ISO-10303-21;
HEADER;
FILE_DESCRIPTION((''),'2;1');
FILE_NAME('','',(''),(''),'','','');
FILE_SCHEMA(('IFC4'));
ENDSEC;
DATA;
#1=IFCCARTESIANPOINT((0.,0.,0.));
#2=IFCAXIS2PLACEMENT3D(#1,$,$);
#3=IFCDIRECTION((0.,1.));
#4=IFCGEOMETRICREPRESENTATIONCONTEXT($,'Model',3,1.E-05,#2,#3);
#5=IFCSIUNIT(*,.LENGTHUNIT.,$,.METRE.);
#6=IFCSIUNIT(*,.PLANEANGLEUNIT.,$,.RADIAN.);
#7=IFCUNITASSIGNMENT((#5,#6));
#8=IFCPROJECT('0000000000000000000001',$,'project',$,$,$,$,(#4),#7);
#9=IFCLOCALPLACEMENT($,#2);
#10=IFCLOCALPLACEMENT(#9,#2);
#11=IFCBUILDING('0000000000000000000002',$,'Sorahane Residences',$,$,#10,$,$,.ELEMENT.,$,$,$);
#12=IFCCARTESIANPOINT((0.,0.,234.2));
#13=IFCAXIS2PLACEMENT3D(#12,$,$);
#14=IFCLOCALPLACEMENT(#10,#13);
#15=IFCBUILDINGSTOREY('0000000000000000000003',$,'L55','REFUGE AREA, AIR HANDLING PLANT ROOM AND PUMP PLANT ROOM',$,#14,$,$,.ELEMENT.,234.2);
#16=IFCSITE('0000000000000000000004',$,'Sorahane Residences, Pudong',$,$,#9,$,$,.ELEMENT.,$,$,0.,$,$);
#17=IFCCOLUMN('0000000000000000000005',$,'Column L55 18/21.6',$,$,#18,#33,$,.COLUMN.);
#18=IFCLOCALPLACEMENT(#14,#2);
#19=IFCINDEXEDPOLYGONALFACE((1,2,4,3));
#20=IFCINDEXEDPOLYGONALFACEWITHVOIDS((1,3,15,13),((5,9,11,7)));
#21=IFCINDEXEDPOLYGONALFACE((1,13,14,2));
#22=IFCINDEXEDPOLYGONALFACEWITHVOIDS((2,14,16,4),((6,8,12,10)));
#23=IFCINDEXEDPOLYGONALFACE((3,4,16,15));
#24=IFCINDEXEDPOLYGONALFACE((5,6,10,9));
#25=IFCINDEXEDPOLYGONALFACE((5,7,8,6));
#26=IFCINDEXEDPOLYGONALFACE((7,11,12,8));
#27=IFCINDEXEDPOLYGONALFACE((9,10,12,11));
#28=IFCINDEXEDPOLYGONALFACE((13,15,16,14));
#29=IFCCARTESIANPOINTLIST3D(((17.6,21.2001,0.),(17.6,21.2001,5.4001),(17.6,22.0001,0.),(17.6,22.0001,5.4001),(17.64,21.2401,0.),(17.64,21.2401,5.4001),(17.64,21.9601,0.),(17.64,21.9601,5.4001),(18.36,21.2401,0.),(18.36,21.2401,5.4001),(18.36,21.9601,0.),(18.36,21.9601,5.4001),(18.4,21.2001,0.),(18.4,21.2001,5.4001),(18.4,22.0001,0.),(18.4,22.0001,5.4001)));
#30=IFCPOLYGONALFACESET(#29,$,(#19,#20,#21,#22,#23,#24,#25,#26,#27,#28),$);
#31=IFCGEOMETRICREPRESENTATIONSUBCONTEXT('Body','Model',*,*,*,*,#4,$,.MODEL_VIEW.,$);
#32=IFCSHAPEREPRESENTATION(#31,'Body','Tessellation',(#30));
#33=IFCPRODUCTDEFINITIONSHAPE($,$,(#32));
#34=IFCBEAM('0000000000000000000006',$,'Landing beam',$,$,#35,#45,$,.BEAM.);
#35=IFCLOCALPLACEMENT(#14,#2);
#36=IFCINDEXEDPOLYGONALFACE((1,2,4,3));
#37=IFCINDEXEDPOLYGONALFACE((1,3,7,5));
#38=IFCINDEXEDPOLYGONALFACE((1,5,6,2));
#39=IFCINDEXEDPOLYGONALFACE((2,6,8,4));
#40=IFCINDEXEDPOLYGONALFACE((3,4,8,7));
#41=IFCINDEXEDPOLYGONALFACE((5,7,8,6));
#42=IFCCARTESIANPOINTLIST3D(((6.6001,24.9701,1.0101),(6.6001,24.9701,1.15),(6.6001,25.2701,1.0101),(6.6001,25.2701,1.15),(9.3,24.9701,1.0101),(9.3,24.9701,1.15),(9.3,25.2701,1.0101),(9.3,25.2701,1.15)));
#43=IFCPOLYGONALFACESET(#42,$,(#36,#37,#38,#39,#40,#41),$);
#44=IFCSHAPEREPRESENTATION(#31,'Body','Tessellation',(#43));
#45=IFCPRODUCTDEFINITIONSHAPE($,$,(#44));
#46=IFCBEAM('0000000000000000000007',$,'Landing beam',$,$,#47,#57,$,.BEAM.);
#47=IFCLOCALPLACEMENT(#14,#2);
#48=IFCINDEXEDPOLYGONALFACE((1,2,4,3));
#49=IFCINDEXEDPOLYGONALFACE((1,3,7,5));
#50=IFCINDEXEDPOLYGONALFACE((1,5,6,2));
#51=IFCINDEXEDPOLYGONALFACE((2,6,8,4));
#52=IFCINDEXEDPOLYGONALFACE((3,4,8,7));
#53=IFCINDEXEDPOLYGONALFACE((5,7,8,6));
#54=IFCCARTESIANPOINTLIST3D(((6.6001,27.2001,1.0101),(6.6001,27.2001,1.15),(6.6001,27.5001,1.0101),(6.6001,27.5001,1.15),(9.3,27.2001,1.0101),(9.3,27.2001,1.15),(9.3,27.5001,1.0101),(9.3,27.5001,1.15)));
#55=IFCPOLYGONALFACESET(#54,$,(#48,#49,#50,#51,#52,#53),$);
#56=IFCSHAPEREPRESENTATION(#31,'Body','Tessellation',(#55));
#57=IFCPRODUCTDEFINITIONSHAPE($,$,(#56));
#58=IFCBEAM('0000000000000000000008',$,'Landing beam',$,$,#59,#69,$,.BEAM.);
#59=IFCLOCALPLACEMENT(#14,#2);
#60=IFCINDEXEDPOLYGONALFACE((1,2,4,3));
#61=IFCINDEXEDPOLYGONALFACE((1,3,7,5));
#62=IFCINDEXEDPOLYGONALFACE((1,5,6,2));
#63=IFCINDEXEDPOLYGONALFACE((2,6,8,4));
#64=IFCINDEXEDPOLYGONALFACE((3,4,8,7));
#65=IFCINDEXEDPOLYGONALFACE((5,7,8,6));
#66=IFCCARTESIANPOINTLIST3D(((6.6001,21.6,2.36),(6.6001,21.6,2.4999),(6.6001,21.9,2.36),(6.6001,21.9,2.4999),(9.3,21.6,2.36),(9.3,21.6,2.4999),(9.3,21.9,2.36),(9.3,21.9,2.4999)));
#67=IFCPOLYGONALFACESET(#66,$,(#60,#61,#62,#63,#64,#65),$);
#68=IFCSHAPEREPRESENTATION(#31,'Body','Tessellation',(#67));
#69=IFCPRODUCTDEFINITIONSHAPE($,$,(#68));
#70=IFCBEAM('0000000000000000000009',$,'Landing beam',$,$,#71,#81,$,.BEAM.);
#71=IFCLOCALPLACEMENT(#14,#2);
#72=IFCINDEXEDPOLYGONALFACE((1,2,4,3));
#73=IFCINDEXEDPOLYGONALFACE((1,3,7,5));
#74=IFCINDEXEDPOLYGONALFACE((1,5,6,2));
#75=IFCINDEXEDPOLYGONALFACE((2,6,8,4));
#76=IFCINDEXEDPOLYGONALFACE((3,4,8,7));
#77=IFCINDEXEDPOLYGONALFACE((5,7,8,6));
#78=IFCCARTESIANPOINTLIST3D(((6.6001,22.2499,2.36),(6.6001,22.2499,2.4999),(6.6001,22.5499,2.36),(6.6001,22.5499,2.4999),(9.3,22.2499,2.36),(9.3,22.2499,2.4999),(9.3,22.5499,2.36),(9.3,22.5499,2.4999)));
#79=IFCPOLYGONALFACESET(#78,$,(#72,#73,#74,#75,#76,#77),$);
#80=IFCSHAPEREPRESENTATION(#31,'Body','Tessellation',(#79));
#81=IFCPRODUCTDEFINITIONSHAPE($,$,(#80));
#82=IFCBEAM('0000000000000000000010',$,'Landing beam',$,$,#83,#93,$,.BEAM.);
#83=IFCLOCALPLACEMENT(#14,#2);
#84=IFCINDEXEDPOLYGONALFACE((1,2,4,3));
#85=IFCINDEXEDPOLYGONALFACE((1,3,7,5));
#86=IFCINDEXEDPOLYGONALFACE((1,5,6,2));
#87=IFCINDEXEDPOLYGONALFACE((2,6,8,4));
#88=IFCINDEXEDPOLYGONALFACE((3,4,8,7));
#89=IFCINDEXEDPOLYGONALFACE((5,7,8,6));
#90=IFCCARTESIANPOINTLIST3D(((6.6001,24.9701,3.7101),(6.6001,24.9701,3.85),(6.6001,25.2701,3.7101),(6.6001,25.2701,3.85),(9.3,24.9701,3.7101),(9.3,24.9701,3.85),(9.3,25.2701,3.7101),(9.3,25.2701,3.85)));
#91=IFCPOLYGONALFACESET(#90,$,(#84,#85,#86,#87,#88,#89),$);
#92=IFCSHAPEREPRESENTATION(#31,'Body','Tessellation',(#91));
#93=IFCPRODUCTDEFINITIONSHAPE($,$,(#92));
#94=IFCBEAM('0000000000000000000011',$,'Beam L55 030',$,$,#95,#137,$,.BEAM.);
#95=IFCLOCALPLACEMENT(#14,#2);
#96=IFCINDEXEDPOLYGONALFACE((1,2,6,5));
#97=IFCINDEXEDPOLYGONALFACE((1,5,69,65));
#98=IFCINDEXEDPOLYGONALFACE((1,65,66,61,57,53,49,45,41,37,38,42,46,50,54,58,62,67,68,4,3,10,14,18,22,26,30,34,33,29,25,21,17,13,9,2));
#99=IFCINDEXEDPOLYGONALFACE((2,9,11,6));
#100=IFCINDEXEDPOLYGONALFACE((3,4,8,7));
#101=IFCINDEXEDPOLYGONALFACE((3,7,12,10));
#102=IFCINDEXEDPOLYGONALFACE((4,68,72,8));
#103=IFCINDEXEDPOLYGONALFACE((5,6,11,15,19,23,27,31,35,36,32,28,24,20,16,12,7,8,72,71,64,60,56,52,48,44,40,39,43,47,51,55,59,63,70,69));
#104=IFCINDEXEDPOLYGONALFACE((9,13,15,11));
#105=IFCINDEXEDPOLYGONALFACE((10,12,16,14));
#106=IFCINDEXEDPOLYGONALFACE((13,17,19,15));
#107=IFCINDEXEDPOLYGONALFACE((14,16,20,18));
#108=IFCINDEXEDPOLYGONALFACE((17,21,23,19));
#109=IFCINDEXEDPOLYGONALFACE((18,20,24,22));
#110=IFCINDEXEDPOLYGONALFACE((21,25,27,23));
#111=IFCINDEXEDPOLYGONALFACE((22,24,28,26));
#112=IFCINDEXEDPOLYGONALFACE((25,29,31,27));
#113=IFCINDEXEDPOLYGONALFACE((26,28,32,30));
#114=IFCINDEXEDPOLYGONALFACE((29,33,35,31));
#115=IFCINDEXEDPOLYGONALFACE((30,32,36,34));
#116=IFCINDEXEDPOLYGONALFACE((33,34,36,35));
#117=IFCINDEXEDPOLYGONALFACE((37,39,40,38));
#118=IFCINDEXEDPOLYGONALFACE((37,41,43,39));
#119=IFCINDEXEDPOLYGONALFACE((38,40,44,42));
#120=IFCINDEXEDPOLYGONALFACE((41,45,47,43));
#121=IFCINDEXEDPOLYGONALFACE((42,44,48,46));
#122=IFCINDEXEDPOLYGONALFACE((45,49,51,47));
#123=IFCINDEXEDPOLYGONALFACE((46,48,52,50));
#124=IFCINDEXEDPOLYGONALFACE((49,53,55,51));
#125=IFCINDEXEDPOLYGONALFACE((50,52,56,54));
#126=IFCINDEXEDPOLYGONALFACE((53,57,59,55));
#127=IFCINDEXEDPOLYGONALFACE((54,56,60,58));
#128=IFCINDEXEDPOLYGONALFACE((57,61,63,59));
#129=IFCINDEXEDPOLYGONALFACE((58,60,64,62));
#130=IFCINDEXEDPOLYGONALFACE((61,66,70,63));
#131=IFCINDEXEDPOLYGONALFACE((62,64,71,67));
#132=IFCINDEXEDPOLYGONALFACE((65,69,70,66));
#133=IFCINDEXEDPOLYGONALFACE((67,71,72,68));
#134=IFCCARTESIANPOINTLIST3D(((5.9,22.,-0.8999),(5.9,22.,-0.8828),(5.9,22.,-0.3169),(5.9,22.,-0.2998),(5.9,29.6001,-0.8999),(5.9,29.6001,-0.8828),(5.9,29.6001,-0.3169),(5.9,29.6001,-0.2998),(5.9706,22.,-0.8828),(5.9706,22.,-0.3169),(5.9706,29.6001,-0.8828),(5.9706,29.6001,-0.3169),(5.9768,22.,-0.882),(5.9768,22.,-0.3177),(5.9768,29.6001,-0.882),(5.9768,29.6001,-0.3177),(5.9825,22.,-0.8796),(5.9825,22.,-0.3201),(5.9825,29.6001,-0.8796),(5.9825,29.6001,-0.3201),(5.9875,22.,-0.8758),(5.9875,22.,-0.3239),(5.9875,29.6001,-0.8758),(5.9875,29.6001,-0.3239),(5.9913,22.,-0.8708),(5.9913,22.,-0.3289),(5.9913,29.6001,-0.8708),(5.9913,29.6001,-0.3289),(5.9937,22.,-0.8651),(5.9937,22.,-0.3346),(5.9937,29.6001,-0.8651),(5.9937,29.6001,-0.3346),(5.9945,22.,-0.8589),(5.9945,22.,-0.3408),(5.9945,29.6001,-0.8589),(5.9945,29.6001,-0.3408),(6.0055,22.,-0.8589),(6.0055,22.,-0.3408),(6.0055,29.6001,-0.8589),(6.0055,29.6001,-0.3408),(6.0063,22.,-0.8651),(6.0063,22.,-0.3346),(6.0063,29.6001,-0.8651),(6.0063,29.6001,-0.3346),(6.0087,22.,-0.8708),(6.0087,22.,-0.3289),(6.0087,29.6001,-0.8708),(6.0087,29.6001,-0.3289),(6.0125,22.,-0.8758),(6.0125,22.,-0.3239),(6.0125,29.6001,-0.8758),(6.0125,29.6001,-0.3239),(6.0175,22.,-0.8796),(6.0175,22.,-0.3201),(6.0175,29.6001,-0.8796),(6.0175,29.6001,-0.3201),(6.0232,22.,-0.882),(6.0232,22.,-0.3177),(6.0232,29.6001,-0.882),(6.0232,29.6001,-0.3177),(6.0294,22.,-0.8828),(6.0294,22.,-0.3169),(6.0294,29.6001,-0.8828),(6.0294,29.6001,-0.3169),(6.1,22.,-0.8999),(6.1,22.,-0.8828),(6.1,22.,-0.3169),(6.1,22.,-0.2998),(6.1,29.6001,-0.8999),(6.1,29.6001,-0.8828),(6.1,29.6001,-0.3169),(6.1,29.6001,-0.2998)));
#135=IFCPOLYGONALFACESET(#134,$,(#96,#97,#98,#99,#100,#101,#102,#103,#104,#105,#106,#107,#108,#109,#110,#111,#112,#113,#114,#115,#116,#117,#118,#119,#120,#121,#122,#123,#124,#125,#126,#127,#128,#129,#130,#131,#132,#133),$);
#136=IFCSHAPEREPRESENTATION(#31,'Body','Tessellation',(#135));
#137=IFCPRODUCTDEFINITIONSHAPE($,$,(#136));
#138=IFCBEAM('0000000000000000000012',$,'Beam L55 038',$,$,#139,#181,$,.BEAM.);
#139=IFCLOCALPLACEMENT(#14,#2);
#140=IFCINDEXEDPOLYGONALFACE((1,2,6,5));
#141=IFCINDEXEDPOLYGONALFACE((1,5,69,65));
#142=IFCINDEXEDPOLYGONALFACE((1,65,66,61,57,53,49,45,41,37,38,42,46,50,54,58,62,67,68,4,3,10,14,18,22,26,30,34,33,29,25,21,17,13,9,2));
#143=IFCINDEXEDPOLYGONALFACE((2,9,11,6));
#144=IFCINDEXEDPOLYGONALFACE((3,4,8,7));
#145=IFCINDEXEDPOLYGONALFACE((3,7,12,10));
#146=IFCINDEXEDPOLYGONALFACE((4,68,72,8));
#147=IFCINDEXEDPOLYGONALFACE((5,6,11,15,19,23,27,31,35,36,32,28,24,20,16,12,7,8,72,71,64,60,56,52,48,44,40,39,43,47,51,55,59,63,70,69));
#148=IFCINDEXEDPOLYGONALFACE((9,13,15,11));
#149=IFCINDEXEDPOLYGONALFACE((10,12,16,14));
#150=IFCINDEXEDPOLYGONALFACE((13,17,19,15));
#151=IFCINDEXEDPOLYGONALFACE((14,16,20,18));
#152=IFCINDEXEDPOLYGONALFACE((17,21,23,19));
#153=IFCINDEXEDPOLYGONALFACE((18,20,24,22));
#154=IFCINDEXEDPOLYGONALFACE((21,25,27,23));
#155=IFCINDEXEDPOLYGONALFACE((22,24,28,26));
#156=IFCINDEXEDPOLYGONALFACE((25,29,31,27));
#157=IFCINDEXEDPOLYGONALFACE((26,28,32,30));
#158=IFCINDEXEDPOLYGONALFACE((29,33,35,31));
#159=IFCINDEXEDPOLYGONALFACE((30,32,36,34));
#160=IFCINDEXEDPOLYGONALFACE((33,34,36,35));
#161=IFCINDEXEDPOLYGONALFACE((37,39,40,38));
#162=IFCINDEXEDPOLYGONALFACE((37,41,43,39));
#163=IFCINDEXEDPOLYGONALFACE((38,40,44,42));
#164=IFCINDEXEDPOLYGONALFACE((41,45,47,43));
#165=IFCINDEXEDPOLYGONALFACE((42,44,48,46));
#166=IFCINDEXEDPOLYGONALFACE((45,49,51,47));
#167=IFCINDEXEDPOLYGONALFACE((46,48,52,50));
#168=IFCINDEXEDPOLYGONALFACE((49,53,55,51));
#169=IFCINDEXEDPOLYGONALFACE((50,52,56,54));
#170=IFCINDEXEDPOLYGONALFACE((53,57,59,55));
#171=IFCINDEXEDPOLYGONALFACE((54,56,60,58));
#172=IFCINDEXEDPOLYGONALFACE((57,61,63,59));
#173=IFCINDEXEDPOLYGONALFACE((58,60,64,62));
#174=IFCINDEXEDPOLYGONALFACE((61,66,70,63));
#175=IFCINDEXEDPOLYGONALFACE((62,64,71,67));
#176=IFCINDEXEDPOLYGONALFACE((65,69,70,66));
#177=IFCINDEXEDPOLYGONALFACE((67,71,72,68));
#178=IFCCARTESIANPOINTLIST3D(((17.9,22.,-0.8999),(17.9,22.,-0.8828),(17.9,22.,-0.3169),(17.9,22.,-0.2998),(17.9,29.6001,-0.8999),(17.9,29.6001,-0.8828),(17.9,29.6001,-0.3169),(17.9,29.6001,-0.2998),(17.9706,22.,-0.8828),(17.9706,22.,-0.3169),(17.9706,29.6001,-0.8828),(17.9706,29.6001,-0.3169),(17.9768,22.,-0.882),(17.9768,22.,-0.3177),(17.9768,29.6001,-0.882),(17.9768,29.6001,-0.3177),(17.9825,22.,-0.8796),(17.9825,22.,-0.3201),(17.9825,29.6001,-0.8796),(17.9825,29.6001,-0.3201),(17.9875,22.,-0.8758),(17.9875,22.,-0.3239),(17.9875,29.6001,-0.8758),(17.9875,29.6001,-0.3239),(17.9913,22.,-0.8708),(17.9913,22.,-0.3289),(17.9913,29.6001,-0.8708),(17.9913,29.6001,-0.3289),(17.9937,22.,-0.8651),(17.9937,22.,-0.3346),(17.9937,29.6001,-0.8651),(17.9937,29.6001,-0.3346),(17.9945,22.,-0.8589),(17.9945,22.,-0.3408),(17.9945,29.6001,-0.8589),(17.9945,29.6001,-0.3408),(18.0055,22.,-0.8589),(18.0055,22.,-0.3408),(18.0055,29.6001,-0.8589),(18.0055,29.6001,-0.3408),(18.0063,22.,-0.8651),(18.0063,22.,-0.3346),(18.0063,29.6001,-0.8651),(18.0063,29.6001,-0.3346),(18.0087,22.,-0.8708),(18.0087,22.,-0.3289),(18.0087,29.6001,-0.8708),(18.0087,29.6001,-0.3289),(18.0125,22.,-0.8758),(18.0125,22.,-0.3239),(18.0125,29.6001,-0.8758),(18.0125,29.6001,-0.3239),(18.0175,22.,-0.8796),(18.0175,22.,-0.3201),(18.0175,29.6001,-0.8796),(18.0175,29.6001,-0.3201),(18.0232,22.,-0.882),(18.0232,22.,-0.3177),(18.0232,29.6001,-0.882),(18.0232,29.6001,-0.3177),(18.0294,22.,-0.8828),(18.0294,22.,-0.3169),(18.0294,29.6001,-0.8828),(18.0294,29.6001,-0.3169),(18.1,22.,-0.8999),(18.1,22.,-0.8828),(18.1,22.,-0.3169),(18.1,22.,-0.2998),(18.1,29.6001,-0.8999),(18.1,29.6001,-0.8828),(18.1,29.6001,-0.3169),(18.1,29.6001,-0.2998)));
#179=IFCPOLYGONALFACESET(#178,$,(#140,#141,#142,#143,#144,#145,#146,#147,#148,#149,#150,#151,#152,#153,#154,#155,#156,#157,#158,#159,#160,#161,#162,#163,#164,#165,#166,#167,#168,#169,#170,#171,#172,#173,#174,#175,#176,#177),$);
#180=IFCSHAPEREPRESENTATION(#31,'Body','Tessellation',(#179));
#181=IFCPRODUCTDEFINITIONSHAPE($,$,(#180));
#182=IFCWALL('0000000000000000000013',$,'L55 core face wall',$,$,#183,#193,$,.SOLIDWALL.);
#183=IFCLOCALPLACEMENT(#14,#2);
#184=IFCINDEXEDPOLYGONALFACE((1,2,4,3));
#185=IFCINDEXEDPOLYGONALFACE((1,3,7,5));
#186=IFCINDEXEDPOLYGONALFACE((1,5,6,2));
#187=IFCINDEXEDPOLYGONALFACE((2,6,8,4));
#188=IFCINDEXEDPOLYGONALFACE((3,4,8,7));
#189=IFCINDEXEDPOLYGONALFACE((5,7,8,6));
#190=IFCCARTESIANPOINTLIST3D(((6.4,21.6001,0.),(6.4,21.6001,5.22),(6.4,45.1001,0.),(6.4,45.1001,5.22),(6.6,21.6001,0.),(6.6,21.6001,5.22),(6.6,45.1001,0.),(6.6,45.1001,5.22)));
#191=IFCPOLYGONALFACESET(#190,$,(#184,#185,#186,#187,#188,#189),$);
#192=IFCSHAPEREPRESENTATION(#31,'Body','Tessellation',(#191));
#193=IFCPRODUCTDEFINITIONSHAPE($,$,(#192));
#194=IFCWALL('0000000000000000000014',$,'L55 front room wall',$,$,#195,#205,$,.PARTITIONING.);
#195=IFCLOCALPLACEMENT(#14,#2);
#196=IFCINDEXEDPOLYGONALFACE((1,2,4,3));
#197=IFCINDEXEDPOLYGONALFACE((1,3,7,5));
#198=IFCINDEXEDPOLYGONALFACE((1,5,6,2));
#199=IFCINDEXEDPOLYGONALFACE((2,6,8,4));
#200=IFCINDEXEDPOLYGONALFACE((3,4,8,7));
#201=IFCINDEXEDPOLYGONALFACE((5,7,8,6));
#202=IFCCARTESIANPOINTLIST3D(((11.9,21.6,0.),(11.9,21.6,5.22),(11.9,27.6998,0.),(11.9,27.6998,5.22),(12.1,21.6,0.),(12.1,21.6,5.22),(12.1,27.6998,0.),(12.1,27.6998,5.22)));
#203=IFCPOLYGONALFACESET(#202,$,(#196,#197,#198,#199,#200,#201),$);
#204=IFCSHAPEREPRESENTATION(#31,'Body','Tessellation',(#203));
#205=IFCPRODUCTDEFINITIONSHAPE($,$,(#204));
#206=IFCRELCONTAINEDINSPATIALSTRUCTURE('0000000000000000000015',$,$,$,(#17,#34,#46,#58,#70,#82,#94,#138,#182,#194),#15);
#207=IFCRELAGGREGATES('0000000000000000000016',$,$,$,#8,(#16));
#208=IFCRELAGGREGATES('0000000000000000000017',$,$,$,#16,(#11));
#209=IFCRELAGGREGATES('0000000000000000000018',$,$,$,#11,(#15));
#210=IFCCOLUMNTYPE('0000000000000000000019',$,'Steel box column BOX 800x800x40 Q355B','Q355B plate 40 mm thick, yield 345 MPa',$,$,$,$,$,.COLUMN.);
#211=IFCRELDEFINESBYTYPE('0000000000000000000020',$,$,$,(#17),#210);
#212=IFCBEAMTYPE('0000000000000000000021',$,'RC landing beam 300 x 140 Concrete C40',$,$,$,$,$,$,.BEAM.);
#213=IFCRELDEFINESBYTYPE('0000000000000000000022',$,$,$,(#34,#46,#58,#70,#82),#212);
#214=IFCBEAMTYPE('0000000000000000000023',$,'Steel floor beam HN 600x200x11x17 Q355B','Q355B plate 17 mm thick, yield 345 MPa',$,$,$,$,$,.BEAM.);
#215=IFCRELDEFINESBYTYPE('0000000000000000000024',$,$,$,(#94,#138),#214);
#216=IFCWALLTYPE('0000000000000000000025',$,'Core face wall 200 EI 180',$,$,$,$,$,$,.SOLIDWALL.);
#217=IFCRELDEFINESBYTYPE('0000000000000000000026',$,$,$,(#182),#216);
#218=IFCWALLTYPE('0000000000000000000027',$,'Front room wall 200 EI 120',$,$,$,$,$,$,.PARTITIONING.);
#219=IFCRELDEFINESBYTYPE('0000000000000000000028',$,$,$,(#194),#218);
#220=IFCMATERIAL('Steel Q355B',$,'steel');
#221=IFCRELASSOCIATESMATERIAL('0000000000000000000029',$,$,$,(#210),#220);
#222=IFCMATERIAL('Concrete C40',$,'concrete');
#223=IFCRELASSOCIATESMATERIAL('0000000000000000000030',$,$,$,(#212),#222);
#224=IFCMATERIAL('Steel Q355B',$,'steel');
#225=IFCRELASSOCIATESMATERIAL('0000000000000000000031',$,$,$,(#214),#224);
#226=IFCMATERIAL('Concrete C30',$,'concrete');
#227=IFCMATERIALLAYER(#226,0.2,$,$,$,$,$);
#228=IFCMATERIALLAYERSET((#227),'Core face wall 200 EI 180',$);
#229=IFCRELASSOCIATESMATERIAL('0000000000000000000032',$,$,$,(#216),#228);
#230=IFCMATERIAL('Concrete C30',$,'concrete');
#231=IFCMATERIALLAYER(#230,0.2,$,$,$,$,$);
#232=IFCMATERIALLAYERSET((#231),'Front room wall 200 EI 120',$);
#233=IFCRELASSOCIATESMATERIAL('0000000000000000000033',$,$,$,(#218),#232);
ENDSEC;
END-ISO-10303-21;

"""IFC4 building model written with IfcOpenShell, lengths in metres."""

from ifc_helpers import new_model, si_unit, direction, frame, frame_2d, origin, origin_2d, place, context, subcontext, project, spatial, rectangle, hollow_rectangle, i_section, extrude, material, layer, layer_set, material_profile, profile_set, type_object, element, save


model = new_model("IFC4")

# Units and contexts
model_context = context("Model", 3, precision=1e-05, world=origin(), true_north=direction((0.0, 1.0)))
body_context = subcontext(model_context, "Body", "Model", "MODEL_VIEW")
ifc_project = project(units=[si_unit("LENGTHUNIT", "METRE"), si_unit("PLANEANGLEUNIT", "RADIAN")], contexts=[model_context])

# Site, building, storey
site_placement = place(None, origin())
site = spatial("IfcSite", under=ifc_project, at=site_placement, Name="Sorahane Residences, Pudong", CompositionType="ELEMENT", RefElevation=0.0)
building_placement = place(site_placement, origin())
building = spatial("IfcBuilding", under=site, at=building_placement, Name="Sorahane Residences", CompositionType="ELEMENT")
storey_placement = place(building_placement, frame((0.0, 0.0, 234.2)))
storey = spatial("IfcBuildingStorey", under=building, at=storey_placement, Name="L55", Description="REFUGE AREA, AIR HANDLING PLANT ROOM AND PUMP PLANT ROOM", CompositionType="ELEMENT", Elevation=234.2)

# Column
ifc_material_1 = material(Name="Steel Q355B", Category="steel")
ifc_material_profile_1 = material_profile(ifc_material_1, hollow_rectangle(XDim=0.8, YDim=0.8, WallThickness=0.04, at=origin_2d()), Name="BOX 800x800x40")
ifc_profile_set_1 = profile_set([ifc_material_profile_1], Name="Steel Q355B")
column_type = type_object("IfcColumnType", Name="Steel box column BOX 800x800x40 Q355B", Description="Q355B plate 40 mm thick, yield 345 MPa", PredefinedType="COLUMN", material=ifc_profile_set_1)
column_placement = place(storey_placement, frame((18.0, 21.6001, 0.0), z_axis=(0.0, 0.0, 1.0), x_axis=(1.0, 0.0, 0.0)))
element("IfcColumn", 1, at=column_placement, inside=storey, type_object=column_type, Name="Column L55 18/21.6", PredefinedType="COLUMN", context=body_context, shape_type="SweptSolid", body=[
    extrude(hollow_rectangle(XDim=0.8, YDim=0.8, WallThickness=0.04, at=origin_2d()), origin(), (0.0, 0.0, 1.0), 5.4001),
])

# Beams
ifc_material_2 = material(Name="Concrete C40", Category="concrete")
ifc_material_profile_2 = material_profile(ifc_material_2, rectangle(XDim=0.3, YDim=0.1399, at=origin_2d()), Name="300x140")
ifc_profile_set_2 = profile_set([ifc_material_profile_2], Name="Concrete C40")
beam_type_1 = type_object("IfcBeamType", Name="RC landing beam 300 x 140 Concrete C40", PredefinedType="BEAM", material=ifc_profile_set_2)
for number, where, z_axis, x_axis, name in (
    (2, (6.6001, 25.1201, 1.0801), (1.0, 0.0, 0.0), (0.0, 1.0, 0.0), "Landing beam"),
    (3, (6.6001, 27.3501, 1.0801), (1.0, 0.0, 0.0), (0.0, 1.0, 0.0), "Landing beam"),
    (4, (6.6001, 21.75, 2.4299), (1.0, 0.0, 0.0), (0.0, 1.0, 0.0), "Landing beam"),
    (5, (6.6001, 22.3999, 2.4299), (1.0, 0.0, 0.0), (0.0, 1.0, 0.0), "Landing beam"),
    (6, (6.6001, 25.1201, 3.78), (1.0, 0.0, 0.0), (0.0, 1.0, 0.0), "Landing beam"),
):
    element("IfcBeam", number, at=place(storey_placement, frame(where, z_axis=z_axis, x_axis=x_axis)), inside=storey, type_object=beam_type_1, Name=name, PredefinedType="BEAM", context=body_context, shape_type="SweptSolid", body=[
        extrude(rectangle(XDim=0.3, YDim=0.1399, at=origin_2d()), origin(), (0.0, 0.0, 1.0), 2.7),
    ])
ifc_material_3 = material(Name="Steel Q355B", Category="steel")
ifc_material_profile_3 = material_profile(ifc_material_3, i_section(OverallWidth=0.2, OverallDepth=0.6001, WebThickness=0.011, FlangeThickness=0.0171, FilletRadius=0.0239, at=origin_2d()), Name="HN 600x200x11x17")
ifc_profile_set_3 = profile_set([ifc_material_profile_3], Name="Steel Q355B")
beam_type_2 = type_object("IfcBeamType", Name="Steel floor beam HN 600x200x11x17 Q355B", Description="Q355B plate 17 mm thick, yield 345 MPa", PredefinedType="BEAM", material=ifc_profile_set_3)
for number, where, z_axis, x_axis, name in (
    (7, (6.0, 22.0, -0.5999), (0.0, 1.0, 0.0), (-1.0, 0.0, 0.0), "Beam L55 030"),
    (8, (18.0, 22.0, -0.5999), (0.0, 1.0, 0.0), (-1.0, 0.0, 0.0), "Beam L55 038"),
):
    element("IfcBeam", number, at=place(storey_placement, frame(where, z_axis=z_axis, x_axis=x_axis)), inside=storey, type_object=beam_type_2, Name=name, PredefinedType="BEAM", context=body_context, shape_type="SweptSolid", body=[
        extrude(i_section(OverallWidth=0.2, OverallDepth=0.6001, WebThickness=0.011, FlangeThickness=0.0171, FilletRadius=0.0239, at=origin_2d()), origin(), (0.0, 0.0, 1.0), 7.6001),
    ])

# Walls
ifc_material_4 = material(Name="Concrete C30", Category="concrete")
ifc_layer_1 = layer(ifc_material_4, 0.2)
ifc_layer_set_1 = layer_set([ifc_layer_1], Name="Core face wall 200 EI 180")
wall_type_1 = type_object("IfcWallType", Name="Core face wall 200 EI 180", PredefinedType="SOLIDWALL", material=ifc_layer_set_1)
wall_1_placement = place(storey_placement, frame((6.5, 21.6001, 0.0), z_axis=(0.0, 0.0, 1.0), x_axis=(0.0, 1.0, 0.0)))
element("IfcWall", 9, at=wall_1_placement, inside=storey, type_object=wall_type_1, Name="L55 core face wall", PredefinedType="SOLIDWALL", context=body_context, shape_type="SweptSolid", body=[
    extrude(rectangle(XDim=23.5, YDim=0.2, at=frame_2d((11.75, 0.0))), origin(), (0.0, 0.0, 1.0), 5.22),
])
ifc_material_5 = material(Name="Concrete C30", Category="concrete")
ifc_layer_2 = layer(ifc_material_5, 0.2)
ifc_layer_set_2 = layer_set([ifc_layer_2], Name="Front room wall 200 EI 120")
wall_type_2 = type_object("IfcWallType", Name="Front room wall 200 EI 120", PredefinedType="PARTITIONING", material=ifc_layer_set_2)
wall_2_placement = place(storey_placement, frame((12.0, 21.6001, 0.0), z_axis=(0.0, 0.0, 1.0), x_axis=(0.0, 1.0, 0.0)))
element("IfcWall", 10, at=wall_2_placement, inside=storey, type_object=wall_type_2, Name="L55 front room wall", PredefinedType="PARTITIONING", context=body_context, shape_type="SweptSolid", body=[
    extrude(rectangle(XDim=6.0999, YDim=0.2, at=frame_2d((3.0498, 0.0))), origin(), (0.0, 0.0, 1.0), 5.22),
])

save(model, "model.ifc")
